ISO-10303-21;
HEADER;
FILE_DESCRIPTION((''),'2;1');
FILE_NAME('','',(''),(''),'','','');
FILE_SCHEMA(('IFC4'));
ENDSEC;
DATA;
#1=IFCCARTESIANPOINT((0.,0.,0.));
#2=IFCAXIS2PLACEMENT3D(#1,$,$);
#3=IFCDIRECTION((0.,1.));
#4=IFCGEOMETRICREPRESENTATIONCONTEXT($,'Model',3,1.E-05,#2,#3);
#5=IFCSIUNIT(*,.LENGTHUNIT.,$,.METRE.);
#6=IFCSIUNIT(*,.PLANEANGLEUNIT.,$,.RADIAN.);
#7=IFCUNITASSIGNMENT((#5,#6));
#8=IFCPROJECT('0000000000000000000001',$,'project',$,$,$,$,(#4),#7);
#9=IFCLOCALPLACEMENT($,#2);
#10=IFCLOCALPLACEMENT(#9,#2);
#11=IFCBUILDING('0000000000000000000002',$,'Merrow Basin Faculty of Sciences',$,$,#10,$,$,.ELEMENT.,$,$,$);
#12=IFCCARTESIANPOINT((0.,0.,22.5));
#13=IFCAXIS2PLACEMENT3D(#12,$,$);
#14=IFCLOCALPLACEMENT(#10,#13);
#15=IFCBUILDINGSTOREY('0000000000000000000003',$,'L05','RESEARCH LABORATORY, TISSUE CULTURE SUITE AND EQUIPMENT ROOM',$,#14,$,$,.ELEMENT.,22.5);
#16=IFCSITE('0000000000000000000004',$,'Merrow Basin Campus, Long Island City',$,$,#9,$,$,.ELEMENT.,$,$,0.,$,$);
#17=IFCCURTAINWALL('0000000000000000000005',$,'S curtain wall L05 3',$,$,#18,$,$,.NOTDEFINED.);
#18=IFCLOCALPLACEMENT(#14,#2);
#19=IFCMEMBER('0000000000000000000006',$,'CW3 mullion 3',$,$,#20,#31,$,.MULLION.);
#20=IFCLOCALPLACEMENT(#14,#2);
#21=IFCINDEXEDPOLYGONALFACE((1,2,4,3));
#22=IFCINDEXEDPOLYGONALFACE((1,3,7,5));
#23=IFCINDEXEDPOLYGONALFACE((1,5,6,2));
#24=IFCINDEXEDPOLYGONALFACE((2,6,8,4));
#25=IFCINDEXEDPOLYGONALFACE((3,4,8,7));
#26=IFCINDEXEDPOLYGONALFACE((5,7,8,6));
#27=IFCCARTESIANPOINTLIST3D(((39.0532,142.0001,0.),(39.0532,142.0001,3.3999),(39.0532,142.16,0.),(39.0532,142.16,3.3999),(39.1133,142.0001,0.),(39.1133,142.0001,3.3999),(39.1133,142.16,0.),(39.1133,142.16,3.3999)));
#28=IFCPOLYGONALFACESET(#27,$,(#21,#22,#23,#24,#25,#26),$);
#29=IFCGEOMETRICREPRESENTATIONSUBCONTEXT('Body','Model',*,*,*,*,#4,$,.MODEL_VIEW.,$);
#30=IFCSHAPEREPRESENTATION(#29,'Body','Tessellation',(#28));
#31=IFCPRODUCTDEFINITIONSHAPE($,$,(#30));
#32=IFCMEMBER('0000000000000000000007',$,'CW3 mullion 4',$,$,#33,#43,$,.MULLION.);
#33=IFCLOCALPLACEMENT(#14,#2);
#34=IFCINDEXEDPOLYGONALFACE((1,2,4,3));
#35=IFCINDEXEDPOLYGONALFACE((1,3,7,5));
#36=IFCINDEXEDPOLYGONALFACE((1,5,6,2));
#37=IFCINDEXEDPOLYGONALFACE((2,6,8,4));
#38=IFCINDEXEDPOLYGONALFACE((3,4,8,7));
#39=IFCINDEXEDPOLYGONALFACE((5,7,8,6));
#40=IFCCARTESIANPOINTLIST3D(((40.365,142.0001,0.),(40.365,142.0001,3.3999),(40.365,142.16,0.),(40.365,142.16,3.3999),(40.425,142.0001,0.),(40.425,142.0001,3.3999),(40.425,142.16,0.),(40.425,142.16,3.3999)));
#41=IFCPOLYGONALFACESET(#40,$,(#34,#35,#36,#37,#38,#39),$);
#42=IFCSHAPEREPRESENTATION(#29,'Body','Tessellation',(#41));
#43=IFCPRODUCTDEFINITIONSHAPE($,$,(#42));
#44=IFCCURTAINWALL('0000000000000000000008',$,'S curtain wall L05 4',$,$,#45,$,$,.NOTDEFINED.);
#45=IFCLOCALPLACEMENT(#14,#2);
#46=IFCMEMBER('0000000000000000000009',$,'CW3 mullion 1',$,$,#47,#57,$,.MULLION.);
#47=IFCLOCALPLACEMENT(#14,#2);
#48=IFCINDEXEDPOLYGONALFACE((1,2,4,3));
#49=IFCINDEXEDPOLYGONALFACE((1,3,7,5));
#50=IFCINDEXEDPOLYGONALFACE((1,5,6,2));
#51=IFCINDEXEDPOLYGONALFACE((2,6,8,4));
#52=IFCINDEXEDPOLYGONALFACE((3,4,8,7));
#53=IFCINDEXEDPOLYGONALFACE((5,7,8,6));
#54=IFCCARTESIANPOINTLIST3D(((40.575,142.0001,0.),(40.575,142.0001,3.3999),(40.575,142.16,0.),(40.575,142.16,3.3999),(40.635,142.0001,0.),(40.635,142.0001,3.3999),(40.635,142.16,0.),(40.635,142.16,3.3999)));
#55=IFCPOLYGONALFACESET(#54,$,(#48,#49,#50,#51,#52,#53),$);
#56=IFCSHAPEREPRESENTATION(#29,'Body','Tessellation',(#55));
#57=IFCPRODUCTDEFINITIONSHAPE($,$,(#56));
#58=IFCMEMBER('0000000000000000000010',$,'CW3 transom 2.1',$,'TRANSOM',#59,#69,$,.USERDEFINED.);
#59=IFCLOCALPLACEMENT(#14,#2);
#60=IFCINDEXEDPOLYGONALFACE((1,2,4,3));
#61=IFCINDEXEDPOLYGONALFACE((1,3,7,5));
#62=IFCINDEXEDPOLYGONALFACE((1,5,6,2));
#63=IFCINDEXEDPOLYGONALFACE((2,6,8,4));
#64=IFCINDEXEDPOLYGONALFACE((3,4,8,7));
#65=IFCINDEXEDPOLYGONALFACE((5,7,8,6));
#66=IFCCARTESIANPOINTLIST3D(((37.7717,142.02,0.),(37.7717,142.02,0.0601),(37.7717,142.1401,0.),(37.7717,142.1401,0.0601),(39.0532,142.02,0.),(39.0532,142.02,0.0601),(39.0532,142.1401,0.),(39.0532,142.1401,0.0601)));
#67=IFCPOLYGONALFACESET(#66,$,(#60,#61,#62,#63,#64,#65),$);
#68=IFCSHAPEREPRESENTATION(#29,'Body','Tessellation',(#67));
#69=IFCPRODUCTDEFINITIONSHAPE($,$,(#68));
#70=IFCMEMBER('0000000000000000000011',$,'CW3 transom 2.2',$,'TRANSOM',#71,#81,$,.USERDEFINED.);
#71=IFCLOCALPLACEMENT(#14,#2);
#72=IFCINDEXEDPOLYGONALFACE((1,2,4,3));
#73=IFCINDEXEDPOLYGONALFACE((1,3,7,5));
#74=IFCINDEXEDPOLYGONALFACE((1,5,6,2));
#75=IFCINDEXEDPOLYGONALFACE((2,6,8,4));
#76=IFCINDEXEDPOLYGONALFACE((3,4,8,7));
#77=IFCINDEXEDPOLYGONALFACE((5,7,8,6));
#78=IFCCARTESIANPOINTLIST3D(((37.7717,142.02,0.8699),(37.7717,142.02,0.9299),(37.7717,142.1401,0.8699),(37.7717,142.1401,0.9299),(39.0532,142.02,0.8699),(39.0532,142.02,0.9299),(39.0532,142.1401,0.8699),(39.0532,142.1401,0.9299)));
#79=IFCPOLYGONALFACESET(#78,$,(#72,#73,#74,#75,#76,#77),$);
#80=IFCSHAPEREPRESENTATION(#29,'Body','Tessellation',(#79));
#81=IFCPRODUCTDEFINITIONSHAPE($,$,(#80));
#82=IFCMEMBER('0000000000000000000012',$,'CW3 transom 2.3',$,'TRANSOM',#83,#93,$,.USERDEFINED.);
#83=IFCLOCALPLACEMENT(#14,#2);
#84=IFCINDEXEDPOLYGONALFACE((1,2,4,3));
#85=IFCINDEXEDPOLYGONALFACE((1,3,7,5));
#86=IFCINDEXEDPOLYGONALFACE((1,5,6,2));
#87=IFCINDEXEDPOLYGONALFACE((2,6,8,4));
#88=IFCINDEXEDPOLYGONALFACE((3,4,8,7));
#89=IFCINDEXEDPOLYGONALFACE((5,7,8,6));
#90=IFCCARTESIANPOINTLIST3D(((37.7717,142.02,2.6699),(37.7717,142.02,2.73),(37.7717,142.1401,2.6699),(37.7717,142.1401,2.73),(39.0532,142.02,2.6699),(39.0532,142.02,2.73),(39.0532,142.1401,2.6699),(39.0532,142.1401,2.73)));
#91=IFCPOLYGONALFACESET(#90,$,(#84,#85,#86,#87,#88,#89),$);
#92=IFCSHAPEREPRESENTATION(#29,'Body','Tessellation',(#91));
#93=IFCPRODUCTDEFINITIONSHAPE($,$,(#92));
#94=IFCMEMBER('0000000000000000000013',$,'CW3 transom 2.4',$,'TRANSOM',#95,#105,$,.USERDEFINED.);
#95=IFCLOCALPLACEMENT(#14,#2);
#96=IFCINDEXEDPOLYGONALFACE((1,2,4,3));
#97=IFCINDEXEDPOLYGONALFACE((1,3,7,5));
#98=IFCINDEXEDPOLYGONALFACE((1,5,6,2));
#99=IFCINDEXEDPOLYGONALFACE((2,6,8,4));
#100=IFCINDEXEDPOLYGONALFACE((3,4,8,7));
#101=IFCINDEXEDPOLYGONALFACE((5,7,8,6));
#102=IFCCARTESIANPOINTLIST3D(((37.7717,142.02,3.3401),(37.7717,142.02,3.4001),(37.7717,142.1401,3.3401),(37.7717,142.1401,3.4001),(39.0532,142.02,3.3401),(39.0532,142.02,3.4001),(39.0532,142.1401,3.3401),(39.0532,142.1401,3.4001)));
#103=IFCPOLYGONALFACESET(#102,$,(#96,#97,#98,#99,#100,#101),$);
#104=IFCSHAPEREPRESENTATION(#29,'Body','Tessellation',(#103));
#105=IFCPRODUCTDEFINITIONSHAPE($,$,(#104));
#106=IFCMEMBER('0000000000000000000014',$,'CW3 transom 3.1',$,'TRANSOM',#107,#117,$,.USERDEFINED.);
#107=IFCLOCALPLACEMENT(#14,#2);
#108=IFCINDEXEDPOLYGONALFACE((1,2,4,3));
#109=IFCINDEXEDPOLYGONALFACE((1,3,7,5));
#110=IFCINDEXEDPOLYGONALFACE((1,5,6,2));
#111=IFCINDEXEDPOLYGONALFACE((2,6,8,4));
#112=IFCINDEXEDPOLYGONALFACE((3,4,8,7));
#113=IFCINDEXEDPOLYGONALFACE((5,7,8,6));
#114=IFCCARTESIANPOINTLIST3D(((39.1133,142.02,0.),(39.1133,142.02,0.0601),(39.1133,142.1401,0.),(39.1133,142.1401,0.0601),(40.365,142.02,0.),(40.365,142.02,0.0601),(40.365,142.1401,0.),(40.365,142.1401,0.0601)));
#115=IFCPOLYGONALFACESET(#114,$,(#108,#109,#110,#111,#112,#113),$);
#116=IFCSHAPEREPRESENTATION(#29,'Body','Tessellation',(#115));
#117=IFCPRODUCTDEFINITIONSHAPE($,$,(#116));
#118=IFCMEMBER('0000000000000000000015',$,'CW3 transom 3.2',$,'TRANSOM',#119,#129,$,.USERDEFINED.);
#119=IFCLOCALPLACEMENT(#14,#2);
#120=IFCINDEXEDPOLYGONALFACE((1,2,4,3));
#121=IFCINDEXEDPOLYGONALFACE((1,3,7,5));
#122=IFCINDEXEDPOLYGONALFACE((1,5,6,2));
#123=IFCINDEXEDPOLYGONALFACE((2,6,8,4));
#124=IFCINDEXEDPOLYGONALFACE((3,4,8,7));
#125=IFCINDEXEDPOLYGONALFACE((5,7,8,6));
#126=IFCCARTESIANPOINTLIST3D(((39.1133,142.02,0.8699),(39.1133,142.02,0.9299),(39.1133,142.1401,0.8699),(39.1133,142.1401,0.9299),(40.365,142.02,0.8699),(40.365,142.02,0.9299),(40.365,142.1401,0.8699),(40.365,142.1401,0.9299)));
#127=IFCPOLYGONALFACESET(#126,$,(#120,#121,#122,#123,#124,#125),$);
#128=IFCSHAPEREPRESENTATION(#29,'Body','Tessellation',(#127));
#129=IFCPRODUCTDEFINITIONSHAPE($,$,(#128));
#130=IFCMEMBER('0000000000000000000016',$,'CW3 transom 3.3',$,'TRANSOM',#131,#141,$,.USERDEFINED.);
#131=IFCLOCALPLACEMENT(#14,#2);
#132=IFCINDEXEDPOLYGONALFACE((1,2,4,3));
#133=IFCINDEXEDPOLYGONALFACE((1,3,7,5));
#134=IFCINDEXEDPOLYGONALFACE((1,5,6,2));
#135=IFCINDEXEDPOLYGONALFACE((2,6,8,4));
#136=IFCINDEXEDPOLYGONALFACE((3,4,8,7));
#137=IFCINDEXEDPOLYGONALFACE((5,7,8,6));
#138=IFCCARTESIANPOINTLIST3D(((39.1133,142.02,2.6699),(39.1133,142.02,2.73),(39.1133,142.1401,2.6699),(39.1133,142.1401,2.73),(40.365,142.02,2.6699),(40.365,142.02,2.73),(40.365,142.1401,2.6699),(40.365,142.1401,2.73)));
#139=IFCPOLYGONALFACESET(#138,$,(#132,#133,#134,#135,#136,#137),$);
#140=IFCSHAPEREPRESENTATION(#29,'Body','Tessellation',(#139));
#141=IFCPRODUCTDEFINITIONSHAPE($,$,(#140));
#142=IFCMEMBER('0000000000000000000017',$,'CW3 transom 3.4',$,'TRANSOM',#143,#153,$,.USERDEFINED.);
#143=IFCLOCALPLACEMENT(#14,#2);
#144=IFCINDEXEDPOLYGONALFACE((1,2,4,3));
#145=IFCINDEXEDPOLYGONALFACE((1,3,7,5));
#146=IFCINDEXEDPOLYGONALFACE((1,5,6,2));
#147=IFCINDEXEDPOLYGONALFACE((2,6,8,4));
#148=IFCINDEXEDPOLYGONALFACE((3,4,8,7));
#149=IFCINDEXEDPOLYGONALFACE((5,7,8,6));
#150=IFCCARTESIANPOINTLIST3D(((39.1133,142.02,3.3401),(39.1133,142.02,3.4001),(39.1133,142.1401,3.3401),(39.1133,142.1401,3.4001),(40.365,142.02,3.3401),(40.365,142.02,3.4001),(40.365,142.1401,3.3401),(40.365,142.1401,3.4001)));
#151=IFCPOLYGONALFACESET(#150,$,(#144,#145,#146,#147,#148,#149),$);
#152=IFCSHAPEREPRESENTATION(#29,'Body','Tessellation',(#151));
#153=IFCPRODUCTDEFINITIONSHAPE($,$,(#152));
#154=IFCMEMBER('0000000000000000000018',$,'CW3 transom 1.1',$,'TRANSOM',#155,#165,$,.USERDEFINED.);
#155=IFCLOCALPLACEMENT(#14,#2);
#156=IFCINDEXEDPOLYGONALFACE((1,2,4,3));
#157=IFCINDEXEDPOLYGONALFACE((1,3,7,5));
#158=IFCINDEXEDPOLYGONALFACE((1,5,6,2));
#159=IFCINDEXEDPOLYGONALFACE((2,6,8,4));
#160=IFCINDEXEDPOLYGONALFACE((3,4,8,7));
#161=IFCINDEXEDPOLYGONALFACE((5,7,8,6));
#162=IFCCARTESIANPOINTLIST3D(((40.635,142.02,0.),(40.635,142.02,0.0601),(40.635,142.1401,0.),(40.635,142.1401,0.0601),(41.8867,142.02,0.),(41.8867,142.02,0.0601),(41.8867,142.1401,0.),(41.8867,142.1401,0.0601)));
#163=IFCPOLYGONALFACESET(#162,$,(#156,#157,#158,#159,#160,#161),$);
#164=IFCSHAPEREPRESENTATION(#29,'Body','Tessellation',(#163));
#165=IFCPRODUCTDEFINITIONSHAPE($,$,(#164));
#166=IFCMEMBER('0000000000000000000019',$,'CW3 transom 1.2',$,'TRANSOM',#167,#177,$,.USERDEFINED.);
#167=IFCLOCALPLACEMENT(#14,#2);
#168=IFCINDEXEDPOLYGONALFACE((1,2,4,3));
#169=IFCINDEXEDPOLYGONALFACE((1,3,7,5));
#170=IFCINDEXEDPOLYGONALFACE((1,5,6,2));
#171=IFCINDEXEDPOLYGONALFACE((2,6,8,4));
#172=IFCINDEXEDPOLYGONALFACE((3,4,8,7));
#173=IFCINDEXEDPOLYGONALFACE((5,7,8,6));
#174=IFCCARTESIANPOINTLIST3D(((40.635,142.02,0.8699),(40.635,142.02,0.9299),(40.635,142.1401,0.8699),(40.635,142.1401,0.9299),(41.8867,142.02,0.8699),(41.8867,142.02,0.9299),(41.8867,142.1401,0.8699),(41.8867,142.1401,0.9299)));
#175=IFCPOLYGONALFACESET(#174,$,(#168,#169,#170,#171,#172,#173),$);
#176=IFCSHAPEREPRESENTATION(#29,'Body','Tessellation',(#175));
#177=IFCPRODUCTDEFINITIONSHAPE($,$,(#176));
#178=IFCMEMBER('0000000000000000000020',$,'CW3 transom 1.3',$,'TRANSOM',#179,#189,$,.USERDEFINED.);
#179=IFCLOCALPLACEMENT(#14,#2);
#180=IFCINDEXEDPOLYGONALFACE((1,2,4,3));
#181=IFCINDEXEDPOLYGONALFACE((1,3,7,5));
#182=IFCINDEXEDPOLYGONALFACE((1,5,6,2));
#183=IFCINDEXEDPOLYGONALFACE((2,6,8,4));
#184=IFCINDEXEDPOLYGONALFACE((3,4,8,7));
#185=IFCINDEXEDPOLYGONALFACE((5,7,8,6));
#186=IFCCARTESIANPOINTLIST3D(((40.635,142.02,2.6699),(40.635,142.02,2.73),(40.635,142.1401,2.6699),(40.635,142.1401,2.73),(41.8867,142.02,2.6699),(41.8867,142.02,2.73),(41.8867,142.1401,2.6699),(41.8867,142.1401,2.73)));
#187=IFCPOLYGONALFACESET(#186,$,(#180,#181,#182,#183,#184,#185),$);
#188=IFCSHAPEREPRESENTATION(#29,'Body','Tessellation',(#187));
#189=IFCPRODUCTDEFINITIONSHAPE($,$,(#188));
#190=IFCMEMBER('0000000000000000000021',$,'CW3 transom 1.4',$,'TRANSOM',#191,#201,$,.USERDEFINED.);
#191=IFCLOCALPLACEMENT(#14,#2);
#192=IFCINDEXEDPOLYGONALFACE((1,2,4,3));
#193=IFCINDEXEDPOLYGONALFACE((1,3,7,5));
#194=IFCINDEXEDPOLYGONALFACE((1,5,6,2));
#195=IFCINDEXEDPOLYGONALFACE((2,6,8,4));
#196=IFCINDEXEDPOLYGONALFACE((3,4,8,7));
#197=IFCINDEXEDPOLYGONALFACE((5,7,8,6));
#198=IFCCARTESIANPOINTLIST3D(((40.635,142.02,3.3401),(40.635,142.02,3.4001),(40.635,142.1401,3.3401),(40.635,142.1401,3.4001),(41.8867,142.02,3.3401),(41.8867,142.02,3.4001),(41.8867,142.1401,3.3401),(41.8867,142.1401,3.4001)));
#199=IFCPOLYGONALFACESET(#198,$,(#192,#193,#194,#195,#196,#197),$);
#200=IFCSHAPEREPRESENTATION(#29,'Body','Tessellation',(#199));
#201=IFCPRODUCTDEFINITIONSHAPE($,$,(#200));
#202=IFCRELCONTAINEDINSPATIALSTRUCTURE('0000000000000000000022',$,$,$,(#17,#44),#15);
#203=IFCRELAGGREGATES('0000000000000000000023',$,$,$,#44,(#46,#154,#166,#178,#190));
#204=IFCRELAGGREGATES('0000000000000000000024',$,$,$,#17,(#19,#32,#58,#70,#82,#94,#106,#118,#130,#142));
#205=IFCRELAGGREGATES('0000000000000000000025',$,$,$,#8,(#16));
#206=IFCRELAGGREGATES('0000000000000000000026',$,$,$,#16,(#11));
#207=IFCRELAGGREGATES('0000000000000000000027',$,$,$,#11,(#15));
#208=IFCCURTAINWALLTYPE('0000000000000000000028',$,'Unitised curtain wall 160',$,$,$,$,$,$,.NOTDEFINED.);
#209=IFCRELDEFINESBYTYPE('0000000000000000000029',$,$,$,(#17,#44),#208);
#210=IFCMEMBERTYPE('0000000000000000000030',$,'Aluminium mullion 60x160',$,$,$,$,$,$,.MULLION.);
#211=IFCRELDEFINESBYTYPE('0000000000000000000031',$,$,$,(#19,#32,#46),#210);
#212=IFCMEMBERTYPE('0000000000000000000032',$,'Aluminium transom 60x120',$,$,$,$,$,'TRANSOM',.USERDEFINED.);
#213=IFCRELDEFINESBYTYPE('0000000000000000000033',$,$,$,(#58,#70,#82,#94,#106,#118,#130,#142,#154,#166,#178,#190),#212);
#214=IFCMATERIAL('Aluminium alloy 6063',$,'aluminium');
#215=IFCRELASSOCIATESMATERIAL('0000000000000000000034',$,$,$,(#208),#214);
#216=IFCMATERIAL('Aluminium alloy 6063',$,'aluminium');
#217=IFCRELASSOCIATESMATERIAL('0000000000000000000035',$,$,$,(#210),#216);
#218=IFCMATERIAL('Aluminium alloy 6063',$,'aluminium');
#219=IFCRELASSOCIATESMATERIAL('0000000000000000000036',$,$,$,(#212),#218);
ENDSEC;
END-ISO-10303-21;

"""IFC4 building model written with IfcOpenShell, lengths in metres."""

from ifc_helpers import new_model, si_unit, direction, frame, origin, origin_2d, place, context, subcontext, project, spatial, rectangle, extrude, material, material_profile, profile_set, type_object, element, aggregate, save


model = new_model("IFC4")

# Units and contexts
model_context = context("Model", 3, precision=1e-05, world=origin(), true_north=direction((0.0, 1.0)))
body_context = subcontext(model_context, "Body", "Model", "MODEL_VIEW")
ifc_project = project(units=[si_unit("LENGTHUNIT", "METRE"), si_unit("PLANEANGLEUNIT", "RADIAN")], contexts=[model_context])

# Site, building, storey
site_placement = place(None, origin())
site = spatial("IfcSite", under=ifc_project, at=site_placement, Name="Merrow Basin Campus, Long Island City", CompositionType="ELEMENT", RefElevation=0.0)
building_placement = place(site_placement, origin())
building = spatial("IfcBuilding", under=site, at=building_placement, Name="Merrow Basin Faculty of Sciences", CompositionType="ELEMENT")
storey_placement = place(building_placement, frame((0.0, 0.0, 22.5)))
storey = spatial("IfcBuildingStorey", under=building, at=storey_placement, Name="L05", Description="RESEARCH LABORATORY, TISSUE CULTURE SUITE AND EQUIPMENT ROOM", CompositionType="ELEMENT", Elevation=22.5)

# Curtain wall, members
ifc_material_1 = material(Name="Aluminium alloy 6063", Category="aluminium")
curtain_wall_type = type_object("IfcCurtainWallType", Name="Unitised curtain wall 160", PredefinedType="NOTDEFINED", material=ifc_material_1)
curtain_wall_1_placement = place(storey_placement, origin())
curtain_wall_1 = element("IfcCurtainWall", 1, at=curtain_wall_1_placement, inside=storey, type_object=curtain_wall_type, Name="S curtain wall L05 3", PredefinedType="NOTDEFINED")
ifc_material_2 = material(Name="Aluminium alloy 6063", Category="aluminium")
ifc_material_profile_1 = material_profile(ifc_material_2, rectangle(XDim=0.1599, YDim=0.0601, at=origin_2d()))
ifc_profile_set_1 = profile_set([ifc_material_profile_1], Name="Aluminium alloy 6063")
member_type_1 = type_object("IfcMemberType", Name="Aluminium mullion 60x160", PredefinedType="MULLION", material=ifc_profile_set_1)
member_1_placement = place(storey_placement, frame((39.0833, 142.0801, 0.0), z_axis=(0.0, 0.0, 1.0), x_axis=(0.0, 1.0, 0.0)))
member_1 = element("IfcMember", 2, at=member_1_placement, type_object=member_type_1, Name="CW3 mullion 3", PredefinedType="MULLION", context=body_context, shape_type="SweptSolid", body=[
    extrude(rectangle(XDim=0.1599, YDim=0.0601, at=origin_2d()), origin(), (0.0, 0.0, 1.0), 3.3999),
])
member_2_placement = place(storey_placement, frame((40.395, 142.0801, 0.0), z_axis=(0.0, 0.0, 1.0), x_axis=(0.0, 1.0, 0.0)))
member_2 = element("IfcMember", 3, at=member_2_placement, type_object=member_type_1, Name="CW3 mullion 4", PredefinedType="MULLION", context=body_context, shape_type="SweptSolid", body=[
    extrude(rectangle(XDim=0.1599, YDim=0.0601, at=origin_2d()), origin(), (0.0, 0.0, 1.0), 3.3999),
])

# Curtain wall, member
curtain_wall_2_placement = place(storey_placement, origin())
curtain_wall_2 = element("IfcCurtainWall", 4, at=curtain_wall_2_placement, inside=storey, type_object=curtain_wall_type, Name="S curtain wall L05 4", PredefinedType="NOTDEFINED")
member_3_placement = place(storey_placement, frame((40.605, 142.0801, 0.0), z_axis=(0.0, 0.0, 1.0), x_axis=(0.0, 1.0, 0.0)))
member_3 = element("IfcMember", 5, at=member_3_placement, type_object=member_type_1, Name="CW3 mullion 1", PredefinedType="MULLION", context=body_context, shape_type="SweptSolid", body=[
    extrude(rectangle(XDim=0.1599, YDim=0.0601, at=origin_2d()), origin(), (0.0, 0.0, 1.0), 3.3999),
])

# Members
ifc_material_3 = material(Name="Aluminium alloy 6063", Category="aluminium")
ifc_material_profile_2 = material_profile(ifc_material_3, rectangle(XDim=0.1201, YDim=0.0601, at=origin_2d()))
ifc_profile_set_2 = profile_set([ifc_material_profile_2], Name="Aluminium alloy 6063")
member_type_2 = type_object("IfcMemberType", Name="Aluminium transom 60x120", ElementType="TRANSOM", PredefinedType="USERDEFINED", material=ifc_profile_set_2)
member_4_placement = place(storey_placement, frame((37.7717, 142.0801, 0.03), z_axis=(1.0, 0.0, 0.0), x_axis=(0.0, 1.0, 0.0)))
member_4 = element("IfcMember", 6, at=member_4_placement, type_object=member_type_2, Name="CW3 transom 2.1", ObjectType="TRANSOM", PredefinedType="USERDEFINED", context=body_context, shape_type="SweptSolid", body=[
    extrude(rectangle(XDim=0.1201, YDim=0.0601, at=origin_2d()), origin(), (0.0, 0.0, 1.0), 1.2815),
])
member_5_placement = place(storey_placement, frame((37.7717, 142.0801, 0.8999), z_axis=(1.0, 0.0, 0.0), x_axis=(0.0, 1.0, 0.0)))
member_5 = element("IfcMember", 7, at=member_5_placement, type_object=member_type_2, Name="CW3 transom 2.2", ObjectType="TRANSOM", PredefinedType="USERDEFINED", context=body_context, shape_type="SweptSolid", body=[
    extrude(rectangle(XDim=0.1201, YDim=0.0601, at=origin_2d()), origin(), (0.0, 0.0, 1.0), 1.2815),
])
member_6_placement = place(storey_placement, frame((37.7717, 142.0801, 2.7), z_axis=(1.0, 0.0, 0.0), x_axis=(0.0, 1.0, 0.0)))
member_6 = element("IfcMember", 8, at=member_6_placement, type_object=member_type_2, Name="CW3 transom 2.3", ObjectType="TRANSOM", PredefinedType="USERDEFINED", context=body_context, shape_type="SweptSolid", body=[
    extrude(rectangle(XDim=0.1201, YDim=0.0601, at=origin_2d()), origin(), (0.0, 0.0, 1.0), 1.2815),
])
member_7_placement = place(storey_placement, frame((37.7717, 142.0801, 3.3701), z_axis=(1.0, 0.0, 0.0), x_axis=(0.0, 1.0, 0.0)))
member_7 = element("IfcMember", 9, at=member_7_placement, type_object=member_type_2, Name="CW3 transom 2.4", ObjectType="TRANSOM", PredefinedType="USERDEFINED", context=body_context, shape_type="SweptSolid", body=[
    extrude(rectangle(XDim=0.1201, YDim=0.0601, at=origin_2d()), origin(), (0.0, 0.0, 1.0), 1.2815),
])
member_8_placement = place(storey_placement, frame((39.1133, 142.0801, 0.03), z_axis=(1.0, 0.0, 0.0), x_axis=(0.0, 1.0, 0.0)))
member_8 = element("IfcMember", 10, at=member_8_placement, type_object=member_type_2, Name="CW3 transom 3.1", ObjectType="TRANSOM", PredefinedType="USERDEFINED", context=body_context, shape_type="SweptSolid", body=[
    extrude(rectangle(XDim=0.1201, YDim=0.0601, at=origin_2d()), origin(), (0.0, 0.0, 1.0), 1.2517),
])
member_9_placement = place(storey_placement, frame((39.1133, 142.0801, 0.8999), z_axis=(1.0, 0.0, 0.0), x_axis=(0.0, 1.0, 0.0)))
member_9 = element("IfcMember", 11, at=member_9_placement, type_object=member_type_2, Name="CW3 transom 3.2", ObjectType="TRANSOM", PredefinedType="USERDEFINED", context=body_context, shape_type="SweptSolid", body=[
    extrude(rectangle(XDim=0.1201, YDim=0.0601, at=origin_2d()), origin(), (0.0, 0.0, 1.0), 1.2517),
])
member_10_placement = place(storey_placement, frame((39.1133, 142.0801, 2.7), z_axis=(1.0, 0.0, 0.0), x_axis=(0.0, 1.0, 0.0)))
member_10 = element("IfcMember", 12, at=member_10_placement, type_object=member_type_2, Name="CW3 transom 3.3", ObjectType="TRANSOM", PredefinedType="USERDEFINED", context=body_context, shape_type="SweptSolid", body=[
    extrude(rectangle(XDim=0.1201, YDim=0.0601, at=origin_2d()), origin(), (0.0, 0.0, 1.0), 1.2517),
])
member_11_placement = place(storey_placement, frame((39.1133, 142.0801, 3.3701), z_axis=(1.0, 0.0, 0.0), x_axis=(0.0, 1.0, 0.0)))
member_11 = element("IfcMember", 13, at=member_11_placement, type_object=member_type_2, Name="CW3 transom 3.4", ObjectType="TRANSOM", PredefinedType="USERDEFINED", context=body_context, shape_type="SweptSolid", body=[
    extrude(rectangle(XDim=0.1201, YDim=0.0601, at=origin_2d()), origin(), (0.0, 0.0, 1.0), 1.2517),
])
member_12_placement = place(storey_placement, frame((40.635, 142.0801, 0.03), z_axis=(1.0, 0.0, 0.0), x_axis=(0.0, 1.0, 0.0)))
member_12 = element("IfcMember", 14, at=member_12_placement, type_object=member_type_2, Name="CW3 transom 1.1", ObjectType="TRANSOM", PredefinedType="USERDEFINED", context=body_context, shape_type="SweptSolid", body=[
    extrude(rectangle(XDim=0.1201, YDim=0.0601, at=origin_2d()), origin(), (0.0, 0.0, 1.0), 1.2517),
])
member_13_placement = place(storey_placement, frame((40.635, 142.0801, 0.8999), z_axis=(1.0, 0.0, 0.0), x_axis=(0.0, 1.0, 0.0)))
member_13 = element("IfcMember", 15, at=member_13_placement, type_object=member_type_2, Name="CW3 transom 1.2", ObjectType="TRANSOM", PredefinedType="USERDEFINED", context=body_context, shape_type="SweptSolid", body=[
    extrude(rectangle(XDim=0.1201, YDim=0.0601, at=origin_2d()), origin(), (0.0, 0.0, 1.0), 1.2517),
])
member_14_placement = place(storey_placement, frame((40.635, 142.0801, 2.7), z_axis=(1.0, 0.0, 0.0), x_axis=(0.0, 1.0, 0.0)))
member_14 = element("IfcMember", 16, at=member_14_placement, type_object=member_type_2, Name="CW3 transom 1.3", ObjectType="TRANSOM", PredefinedType="USERDEFINED", context=body_context, shape_type="SweptSolid", body=[
    extrude(rectangle(XDim=0.1201, YDim=0.0601, at=origin_2d()), origin(), (0.0, 0.0, 1.0), 1.2517),
])
member_15_placement = place(storey_placement, frame((40.635, 142.0801, 3.3701), z_axis=(1.0, 0.0, 0.0), x_axis=(0.0, 1.0, 0.0)))
member_15 = element("IfcMember", 17, at=member_15_placement, type_object=member_type_2, Name="CW3 transom 1.4", ObjectType="TRANSOM", PredefinedType="USERDEFINED", context=body_context, shape_type="SweptSolid", body=[
    extrude(rectangle(XDim=0.1201, YDim=0.0601, at=origin_2d()), origin(), (0.0, 0.0, 1.0), 1.2517),
])
aggregate(curtain_wall_2, [member_3, member_12, member_13, member_14, member_15])

aggregate(curtain_wall_1, [member_1, member_2, member_4, member_5, member_6, member_7, member_8, member_9, member_10, member_11])

save(model, "model.ifc")
